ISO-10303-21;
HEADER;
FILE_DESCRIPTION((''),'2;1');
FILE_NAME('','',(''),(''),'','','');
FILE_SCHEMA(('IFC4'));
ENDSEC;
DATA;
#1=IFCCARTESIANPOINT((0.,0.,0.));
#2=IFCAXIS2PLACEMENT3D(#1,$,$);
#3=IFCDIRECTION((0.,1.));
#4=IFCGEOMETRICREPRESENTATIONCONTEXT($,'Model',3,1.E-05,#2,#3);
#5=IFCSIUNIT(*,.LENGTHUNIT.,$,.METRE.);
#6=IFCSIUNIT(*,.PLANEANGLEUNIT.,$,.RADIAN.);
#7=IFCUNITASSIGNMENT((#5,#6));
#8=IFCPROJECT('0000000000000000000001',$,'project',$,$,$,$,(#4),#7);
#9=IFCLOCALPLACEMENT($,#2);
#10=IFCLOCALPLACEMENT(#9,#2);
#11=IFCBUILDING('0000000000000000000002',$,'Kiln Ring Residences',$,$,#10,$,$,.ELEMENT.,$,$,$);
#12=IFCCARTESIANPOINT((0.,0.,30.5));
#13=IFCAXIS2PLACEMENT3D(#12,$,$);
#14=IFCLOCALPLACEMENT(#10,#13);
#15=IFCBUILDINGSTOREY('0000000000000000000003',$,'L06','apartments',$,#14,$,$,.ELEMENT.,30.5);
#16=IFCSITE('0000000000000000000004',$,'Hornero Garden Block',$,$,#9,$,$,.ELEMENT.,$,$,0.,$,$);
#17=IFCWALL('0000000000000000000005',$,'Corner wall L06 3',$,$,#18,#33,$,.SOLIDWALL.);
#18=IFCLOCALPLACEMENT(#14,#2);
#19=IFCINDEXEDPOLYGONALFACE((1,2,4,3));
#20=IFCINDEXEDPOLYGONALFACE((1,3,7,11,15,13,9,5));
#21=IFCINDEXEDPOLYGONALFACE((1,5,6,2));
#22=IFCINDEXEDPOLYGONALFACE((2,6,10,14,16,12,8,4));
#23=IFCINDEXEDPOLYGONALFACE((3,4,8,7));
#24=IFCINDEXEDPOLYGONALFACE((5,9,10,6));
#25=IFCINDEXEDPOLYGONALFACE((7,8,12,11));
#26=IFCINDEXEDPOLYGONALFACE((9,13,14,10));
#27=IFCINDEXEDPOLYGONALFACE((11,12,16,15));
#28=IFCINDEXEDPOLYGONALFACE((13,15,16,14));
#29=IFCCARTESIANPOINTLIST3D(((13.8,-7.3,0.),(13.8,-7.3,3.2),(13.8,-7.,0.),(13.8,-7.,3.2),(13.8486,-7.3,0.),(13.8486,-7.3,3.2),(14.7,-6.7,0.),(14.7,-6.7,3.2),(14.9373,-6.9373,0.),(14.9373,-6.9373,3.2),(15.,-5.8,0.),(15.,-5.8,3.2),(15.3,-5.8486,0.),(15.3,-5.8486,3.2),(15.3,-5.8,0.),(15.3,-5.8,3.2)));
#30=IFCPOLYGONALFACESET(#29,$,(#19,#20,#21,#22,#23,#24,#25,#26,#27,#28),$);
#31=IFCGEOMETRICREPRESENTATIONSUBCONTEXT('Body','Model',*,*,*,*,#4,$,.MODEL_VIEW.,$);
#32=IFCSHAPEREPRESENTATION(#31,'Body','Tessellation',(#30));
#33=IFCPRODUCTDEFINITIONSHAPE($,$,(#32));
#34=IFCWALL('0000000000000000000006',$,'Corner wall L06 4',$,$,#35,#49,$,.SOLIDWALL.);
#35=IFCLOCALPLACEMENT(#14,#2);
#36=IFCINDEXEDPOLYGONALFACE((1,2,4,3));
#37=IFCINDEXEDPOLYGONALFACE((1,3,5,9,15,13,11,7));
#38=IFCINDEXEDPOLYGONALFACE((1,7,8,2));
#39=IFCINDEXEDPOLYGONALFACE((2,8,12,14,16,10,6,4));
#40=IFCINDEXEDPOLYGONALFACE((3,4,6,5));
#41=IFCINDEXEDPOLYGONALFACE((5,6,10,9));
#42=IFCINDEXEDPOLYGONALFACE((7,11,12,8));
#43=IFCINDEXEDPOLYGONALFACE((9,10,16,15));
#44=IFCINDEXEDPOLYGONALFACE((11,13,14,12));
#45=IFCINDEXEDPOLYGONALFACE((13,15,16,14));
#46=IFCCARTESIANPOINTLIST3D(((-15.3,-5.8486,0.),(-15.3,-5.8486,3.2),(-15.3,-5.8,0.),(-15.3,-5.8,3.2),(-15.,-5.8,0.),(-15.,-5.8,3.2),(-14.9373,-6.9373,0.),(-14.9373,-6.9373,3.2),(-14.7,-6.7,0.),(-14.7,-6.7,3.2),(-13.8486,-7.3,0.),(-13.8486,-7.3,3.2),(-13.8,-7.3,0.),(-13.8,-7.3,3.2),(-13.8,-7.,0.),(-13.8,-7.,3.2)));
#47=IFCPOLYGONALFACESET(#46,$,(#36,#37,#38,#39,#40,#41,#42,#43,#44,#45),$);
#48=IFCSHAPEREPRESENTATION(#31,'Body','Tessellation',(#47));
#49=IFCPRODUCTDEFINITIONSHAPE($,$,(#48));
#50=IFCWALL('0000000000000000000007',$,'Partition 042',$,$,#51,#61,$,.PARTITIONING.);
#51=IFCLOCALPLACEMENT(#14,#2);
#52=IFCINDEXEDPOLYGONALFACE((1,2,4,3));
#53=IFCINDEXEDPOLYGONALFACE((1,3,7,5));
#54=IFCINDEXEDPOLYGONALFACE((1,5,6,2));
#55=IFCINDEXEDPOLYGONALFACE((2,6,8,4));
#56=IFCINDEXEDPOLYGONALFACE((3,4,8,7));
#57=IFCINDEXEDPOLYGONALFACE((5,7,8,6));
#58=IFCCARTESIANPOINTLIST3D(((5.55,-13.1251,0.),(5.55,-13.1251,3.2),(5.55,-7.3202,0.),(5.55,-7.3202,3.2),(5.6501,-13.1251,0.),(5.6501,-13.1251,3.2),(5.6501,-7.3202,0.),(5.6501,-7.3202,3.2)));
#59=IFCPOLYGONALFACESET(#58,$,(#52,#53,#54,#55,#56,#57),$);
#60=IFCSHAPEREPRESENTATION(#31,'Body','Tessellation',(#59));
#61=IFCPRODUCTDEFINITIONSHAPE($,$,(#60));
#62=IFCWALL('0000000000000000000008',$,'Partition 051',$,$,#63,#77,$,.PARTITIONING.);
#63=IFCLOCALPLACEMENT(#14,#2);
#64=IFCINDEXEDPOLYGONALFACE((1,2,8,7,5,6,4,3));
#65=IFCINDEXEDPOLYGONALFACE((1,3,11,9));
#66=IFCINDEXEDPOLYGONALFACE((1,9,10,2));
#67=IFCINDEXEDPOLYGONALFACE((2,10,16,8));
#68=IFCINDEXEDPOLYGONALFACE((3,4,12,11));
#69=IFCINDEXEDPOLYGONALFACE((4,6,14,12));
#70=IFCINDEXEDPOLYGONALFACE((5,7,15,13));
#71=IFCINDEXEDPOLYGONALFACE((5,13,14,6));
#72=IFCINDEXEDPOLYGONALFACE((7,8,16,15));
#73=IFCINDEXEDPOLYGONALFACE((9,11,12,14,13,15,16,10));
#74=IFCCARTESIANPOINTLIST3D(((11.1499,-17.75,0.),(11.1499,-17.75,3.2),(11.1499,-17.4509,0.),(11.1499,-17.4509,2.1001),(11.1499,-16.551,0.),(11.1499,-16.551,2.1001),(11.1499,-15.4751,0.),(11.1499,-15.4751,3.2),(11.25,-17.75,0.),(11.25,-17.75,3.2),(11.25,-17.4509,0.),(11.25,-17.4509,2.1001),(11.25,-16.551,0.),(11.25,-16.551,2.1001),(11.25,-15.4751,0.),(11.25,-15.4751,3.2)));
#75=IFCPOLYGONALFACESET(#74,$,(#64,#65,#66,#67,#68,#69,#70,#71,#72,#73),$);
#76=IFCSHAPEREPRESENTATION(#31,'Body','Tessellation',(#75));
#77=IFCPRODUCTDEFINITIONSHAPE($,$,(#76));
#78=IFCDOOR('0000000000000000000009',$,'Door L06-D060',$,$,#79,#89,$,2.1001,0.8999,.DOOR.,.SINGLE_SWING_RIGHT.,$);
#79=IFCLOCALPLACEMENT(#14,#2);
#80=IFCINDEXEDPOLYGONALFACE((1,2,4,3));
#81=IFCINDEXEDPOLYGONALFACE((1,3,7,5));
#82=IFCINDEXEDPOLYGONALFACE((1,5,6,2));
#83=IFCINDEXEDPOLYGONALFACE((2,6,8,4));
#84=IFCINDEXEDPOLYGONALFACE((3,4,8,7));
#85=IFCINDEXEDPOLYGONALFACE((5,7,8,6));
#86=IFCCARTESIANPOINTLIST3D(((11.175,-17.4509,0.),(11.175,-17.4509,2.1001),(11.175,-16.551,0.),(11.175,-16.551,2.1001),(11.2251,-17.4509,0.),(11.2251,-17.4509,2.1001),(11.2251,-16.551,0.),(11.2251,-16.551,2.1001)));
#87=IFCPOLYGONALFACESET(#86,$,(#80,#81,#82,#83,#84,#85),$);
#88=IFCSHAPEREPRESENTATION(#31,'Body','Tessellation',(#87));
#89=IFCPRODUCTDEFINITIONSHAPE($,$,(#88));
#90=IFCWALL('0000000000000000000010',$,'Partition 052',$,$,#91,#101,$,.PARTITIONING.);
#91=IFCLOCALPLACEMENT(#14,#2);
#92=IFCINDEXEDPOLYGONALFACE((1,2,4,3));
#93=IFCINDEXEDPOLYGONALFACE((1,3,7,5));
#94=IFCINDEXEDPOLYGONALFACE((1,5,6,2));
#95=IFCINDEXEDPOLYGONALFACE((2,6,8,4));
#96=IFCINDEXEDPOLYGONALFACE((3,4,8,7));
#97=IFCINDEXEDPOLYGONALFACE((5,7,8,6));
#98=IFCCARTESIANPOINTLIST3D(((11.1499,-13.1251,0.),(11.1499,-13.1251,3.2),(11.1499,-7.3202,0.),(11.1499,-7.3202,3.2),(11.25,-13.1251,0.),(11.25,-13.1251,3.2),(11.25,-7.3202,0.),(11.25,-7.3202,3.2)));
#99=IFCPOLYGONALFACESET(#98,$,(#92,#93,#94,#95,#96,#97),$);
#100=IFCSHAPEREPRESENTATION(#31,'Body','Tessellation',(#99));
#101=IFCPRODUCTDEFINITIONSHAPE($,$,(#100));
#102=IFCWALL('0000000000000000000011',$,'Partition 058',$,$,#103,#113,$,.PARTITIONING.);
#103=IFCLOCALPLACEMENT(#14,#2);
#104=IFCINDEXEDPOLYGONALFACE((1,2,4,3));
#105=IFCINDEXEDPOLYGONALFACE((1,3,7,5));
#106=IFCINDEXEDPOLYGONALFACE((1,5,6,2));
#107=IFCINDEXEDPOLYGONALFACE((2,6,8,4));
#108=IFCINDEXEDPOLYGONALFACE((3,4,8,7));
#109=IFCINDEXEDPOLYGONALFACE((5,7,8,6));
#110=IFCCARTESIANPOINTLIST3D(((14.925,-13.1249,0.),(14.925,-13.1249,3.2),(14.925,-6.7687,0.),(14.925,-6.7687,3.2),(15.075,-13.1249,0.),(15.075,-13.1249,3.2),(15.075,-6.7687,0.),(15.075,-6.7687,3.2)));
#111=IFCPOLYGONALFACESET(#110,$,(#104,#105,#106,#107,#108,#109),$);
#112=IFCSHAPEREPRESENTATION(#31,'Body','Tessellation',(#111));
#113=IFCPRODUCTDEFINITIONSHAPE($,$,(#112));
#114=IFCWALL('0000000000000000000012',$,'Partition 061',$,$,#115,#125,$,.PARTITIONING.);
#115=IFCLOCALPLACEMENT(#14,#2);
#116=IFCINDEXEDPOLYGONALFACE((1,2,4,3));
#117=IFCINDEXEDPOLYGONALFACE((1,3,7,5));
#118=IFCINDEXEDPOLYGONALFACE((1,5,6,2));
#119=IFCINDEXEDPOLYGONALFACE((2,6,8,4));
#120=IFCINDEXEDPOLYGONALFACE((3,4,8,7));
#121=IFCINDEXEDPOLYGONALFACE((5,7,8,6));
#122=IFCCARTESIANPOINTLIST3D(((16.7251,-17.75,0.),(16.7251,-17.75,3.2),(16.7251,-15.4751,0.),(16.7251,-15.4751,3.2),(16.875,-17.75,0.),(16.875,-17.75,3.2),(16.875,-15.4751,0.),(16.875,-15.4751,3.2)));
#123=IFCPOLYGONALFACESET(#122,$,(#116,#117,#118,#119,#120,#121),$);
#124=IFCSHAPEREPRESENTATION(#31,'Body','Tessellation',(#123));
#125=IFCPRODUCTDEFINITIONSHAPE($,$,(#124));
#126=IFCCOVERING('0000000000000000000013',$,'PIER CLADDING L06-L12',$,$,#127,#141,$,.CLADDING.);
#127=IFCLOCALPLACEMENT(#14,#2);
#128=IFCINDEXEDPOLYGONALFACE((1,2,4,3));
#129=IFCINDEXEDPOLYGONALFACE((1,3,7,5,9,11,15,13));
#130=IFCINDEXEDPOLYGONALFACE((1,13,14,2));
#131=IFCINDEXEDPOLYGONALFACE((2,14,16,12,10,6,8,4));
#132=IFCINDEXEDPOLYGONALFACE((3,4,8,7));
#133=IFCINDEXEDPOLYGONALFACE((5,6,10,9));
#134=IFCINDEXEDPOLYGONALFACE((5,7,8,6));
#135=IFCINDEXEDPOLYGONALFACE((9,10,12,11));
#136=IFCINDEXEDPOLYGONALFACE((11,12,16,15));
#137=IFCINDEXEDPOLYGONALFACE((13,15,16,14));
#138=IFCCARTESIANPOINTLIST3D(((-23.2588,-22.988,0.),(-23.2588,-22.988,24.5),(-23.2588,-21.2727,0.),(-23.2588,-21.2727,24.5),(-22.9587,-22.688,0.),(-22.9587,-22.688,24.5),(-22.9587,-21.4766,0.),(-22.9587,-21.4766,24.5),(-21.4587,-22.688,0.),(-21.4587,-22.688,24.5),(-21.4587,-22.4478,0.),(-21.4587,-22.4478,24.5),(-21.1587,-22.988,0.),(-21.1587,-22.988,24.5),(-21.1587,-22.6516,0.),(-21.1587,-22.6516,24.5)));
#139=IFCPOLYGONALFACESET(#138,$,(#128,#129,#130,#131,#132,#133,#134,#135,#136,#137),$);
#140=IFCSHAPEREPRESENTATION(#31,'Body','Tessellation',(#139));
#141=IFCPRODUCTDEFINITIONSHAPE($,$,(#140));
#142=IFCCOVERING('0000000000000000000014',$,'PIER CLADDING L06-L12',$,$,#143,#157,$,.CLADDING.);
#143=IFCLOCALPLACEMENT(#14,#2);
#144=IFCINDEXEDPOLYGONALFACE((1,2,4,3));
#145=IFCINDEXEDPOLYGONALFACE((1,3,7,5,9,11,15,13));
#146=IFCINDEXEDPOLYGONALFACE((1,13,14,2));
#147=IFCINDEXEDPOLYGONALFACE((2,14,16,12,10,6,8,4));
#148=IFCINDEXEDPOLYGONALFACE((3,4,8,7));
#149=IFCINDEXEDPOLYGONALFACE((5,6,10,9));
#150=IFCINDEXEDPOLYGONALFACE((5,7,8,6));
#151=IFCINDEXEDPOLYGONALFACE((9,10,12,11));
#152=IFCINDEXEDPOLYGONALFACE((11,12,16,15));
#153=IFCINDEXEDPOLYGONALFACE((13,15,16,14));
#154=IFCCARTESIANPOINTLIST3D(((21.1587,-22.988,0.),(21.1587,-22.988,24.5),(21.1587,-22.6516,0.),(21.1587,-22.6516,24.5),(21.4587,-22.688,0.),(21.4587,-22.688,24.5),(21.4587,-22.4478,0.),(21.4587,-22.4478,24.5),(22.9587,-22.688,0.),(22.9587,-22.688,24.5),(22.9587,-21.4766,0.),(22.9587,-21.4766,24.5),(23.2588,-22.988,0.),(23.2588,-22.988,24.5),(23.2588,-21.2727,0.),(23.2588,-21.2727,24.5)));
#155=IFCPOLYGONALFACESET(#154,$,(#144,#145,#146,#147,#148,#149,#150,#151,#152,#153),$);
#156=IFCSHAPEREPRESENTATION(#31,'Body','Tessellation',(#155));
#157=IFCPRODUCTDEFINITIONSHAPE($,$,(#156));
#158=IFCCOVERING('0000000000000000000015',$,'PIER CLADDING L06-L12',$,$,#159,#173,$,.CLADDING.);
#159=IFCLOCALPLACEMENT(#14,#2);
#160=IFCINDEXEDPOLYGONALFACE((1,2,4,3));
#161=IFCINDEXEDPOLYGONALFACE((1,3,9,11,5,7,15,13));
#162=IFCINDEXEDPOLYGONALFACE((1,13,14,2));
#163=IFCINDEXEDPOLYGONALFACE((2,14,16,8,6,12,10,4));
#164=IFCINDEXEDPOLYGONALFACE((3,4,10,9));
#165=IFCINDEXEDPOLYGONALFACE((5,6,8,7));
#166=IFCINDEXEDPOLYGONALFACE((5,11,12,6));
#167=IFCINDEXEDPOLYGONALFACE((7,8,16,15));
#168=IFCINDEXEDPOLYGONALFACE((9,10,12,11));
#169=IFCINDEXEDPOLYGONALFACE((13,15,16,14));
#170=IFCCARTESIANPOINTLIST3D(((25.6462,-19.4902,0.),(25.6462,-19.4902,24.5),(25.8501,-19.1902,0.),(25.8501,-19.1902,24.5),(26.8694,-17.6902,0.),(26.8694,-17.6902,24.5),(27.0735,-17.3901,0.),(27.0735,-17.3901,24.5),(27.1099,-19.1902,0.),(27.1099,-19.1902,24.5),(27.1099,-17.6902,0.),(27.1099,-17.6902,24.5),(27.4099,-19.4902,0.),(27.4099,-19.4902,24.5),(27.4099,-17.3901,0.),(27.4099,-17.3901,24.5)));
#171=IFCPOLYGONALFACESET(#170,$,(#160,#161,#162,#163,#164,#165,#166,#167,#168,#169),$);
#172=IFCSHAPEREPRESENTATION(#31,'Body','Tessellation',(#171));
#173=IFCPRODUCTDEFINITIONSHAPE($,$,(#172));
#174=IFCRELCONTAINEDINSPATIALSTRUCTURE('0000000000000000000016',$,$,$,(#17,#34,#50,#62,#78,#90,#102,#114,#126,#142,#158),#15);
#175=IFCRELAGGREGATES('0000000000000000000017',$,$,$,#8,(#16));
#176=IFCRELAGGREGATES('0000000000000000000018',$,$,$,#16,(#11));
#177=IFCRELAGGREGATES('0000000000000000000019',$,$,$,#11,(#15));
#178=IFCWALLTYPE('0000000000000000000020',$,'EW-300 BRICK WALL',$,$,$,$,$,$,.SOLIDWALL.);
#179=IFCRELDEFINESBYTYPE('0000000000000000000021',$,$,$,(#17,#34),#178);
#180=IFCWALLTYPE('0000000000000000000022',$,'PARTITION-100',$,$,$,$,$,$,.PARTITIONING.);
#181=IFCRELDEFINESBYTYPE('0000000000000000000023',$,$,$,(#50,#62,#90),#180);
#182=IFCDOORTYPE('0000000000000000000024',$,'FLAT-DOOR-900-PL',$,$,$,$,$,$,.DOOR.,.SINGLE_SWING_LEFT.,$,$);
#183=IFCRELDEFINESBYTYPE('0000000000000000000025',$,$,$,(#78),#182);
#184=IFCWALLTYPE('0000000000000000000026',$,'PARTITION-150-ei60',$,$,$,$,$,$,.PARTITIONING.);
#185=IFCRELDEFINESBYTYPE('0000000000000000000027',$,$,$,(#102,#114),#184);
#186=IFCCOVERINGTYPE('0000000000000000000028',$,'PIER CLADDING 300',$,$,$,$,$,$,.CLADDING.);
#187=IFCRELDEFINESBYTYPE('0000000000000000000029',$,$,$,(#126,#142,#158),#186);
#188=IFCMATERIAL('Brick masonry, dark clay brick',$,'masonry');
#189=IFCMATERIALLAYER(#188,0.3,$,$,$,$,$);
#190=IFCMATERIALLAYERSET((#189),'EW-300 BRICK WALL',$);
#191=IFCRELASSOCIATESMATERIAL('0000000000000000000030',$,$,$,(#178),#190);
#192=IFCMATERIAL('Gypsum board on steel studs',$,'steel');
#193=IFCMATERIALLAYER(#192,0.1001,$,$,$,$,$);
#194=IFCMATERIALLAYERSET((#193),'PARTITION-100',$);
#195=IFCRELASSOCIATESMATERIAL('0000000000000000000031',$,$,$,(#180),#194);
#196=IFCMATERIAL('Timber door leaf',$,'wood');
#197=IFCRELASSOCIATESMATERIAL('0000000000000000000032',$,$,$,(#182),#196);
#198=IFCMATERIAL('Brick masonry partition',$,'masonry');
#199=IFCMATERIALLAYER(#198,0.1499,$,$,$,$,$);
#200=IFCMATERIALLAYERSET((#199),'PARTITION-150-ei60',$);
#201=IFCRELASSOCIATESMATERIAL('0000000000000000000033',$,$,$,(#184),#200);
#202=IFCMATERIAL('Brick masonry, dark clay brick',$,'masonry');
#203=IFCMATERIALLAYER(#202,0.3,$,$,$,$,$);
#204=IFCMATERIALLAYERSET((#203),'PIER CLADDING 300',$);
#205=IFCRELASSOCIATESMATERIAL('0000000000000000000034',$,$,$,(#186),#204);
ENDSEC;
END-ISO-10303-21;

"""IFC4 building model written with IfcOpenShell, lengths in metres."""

from ifc_helpers import new_model, si_unit, direction, frame, frame_2d, origin, place, context, subcontext, project, spatial, polyline, rectangle, outline, extrude, material, layer, layer_set, type_object, element, fill, save


model = new_model("IFC4")

# Units and contexts
model_context = context("Model", 3, precision=1e-05, world=origin(), true_north=direction((0.0, 1.0)))
body_context = subcontext(model_context, "Body", "Model", "MODEL_VIEW")
ifc_project = project(units=[si_unit("LENGTHUNIT", "METRE"), si_unit("PLANEANGLEUNIT", "RADIAN")], contexts=[model_context])

# Site, building, storey
site_placement = place(None, origin())
site = spatial("IfcSite", under=ifc_project, at=site_placement, Name="Hornero Garden Block", CompositionType="ELEMENT", RefElevation=0.0)
building_placement = place(site_placement, origin())
building = spatial("IfcBuilding", under=site, at=building_placement, Name="Kiln Ring Residences", CompositionType="ELEMENT")
storey_placement = place(building_placement, frame((0.0, 0.0, 30.5)))
storey = spatial("IfcBuildingStorey", under=building, at=storey_placement, Name="L06", Description="apartments", CompositionType="ELEMENT", Elevation=30.5)

# Shared definitions
ifc_material_1 = material(Name="Brick masonry, dark clay brick", Category="masonry")
ifc_layer_1 = layer(ifc_material_1, 0.3)
ifc_layer_set_1 = layer_set([ifc_layer_1], Name="EW-300 BRICK WALL")
wall_type_1 = type_object("IfcWallType", Name="EW-300 BRICK WALL", PredefinedType="SOLIDWALL", material=ifc_layer_set_1)

# Walls
placement = place(storey_placement, origin())
element("IfcWall", 1, at=placement, inside=storey, type_object=wall_type_1, Name="Corner wall L06 3", PredefinedType="SOLIDWALL", context=body_context, shape_type="SweptSolid", body=[
    extrude(outline(polyline([(14.9373, -6.9373), (15.3, -5.8486), (15.3, -5.8), (15.0, -5.8), (14.7, -6.7), (13.8, -7.0), (13.8, -7.3), (13.8486, -7.3), (14.9373, -6.9373)])), origin(), (0.0, 0.0, 1.0), 3.2),
])
element("IfcWall", 2, at=placement, inside=storey, type_object=wall_type_1, Name="Corner wall L06 4", PredefinedType="SOLIDWALL", context=body_context, shape_type="SweptSolid", body=[
    extrude(outline(polyline([(-14.9373, -6.9373), (-13.8486, -7.3), (-13.8, -7.3), (-13.8, -7.0), (-14.7, -6.7), (-15.0, -5.8), (-15.3, -5.8), (-15.3, -5.8486), (-14.9373, -6.9373)])), origin(), (0.0, 0.0, 1.0), 3.2),
])
ifc_material_2 = material(Name="Gypsum board on steel studs", Category="steel")
ifc_layer_2 = layer(ifc_material_2, 0.1001)
ifc_layer_set_2 = layer_set([ifc_layer_2], Name="PARTITION-100")
wall_type_2 = type_object("IfcWallType", Name="PARTITION-100", PredefinedType="PARTITIONING", material=ifc_layer_set_2)
wall_1_placement = place(storey_placement, frame((5.6001, -13.125, 0.0), z_axis=(0.0, 0.0, 1.0), x_axis=(0.0, 1.0, 0.0)))
element("IfcWall", 3, at=wall_1_placement, inside=storey, type_object=wall_type_2, Name="Partition 042", PredefinedType="PARTITIONING", context=body_context, shape_type="SweptSolid", body=[
    extrude(rectangle(XDim=5.8049, YDim=0.1001, at=frame_2d((2.9023, 0.0))), origin(), (0.0, 0.0, 1.0), 3.2),
])

# Wall, opening, door
wall_2_placement = place(storey_placement, frame((11.2, -17.75, 0.0), z_axis=(0.0, 0.0, 1.0), x_axis=(0.0, 1.0, 0.0)))
wall_2 = element("IfcWall", 4, at=wall_2_placement, inside=storey, type_object=wall_type_2, Name="Partition 051", PredefinedType="PARTITIONING", context=body_context, shape_type="SweptSolid", body=[
    extrude(rectangle(XDim=2.2749, YDim=0.1001, at=frame_2d((1.1375, 0.0))), origin(), (0.0, 0.0, 1.0), 3.2),
])
opening_1_placement = place(wall_2_placement, frame((0.2991, 0.0, 0.0)))
opening_1 = element("IfcOpeningElement", 5, at=opening_1_placement, cuts=wall_2, PredefinedType="OPENING", context=body_context, shape_type="SweptSolid", body=[
    extrude(rectangle(XDim=0.8999, YDim=2.1001, at=frame_2d((0.45, 1.05))), frame((0.0, 0.0601, 0.0), z_axis=(0.0, -1.0, 0.0), x_axis=(1.0, 0.0, 0.0)), (0.0, 0.0, 1.0), 0.1201),
])
ifc_material_3 = material(Name="Timber door leaf", Category="wood")
door_type = type_object("IfcDoorType", Name="FLAT-DOOR-900-PL", OperationType="SINGLE_SWING_LEFT", PredefinedType="DOOR", material=ifc_material_3)
door_placement = place(opening_1_placement, origin())
door = element("IfcDoor", 6, at=door_placement, inside=storey, type_object=door_type, Name="Door L06-D060", OperationType="SINGLE_SWING_RIGHT", OverallHeight=2.1001, OverallWidth=0.8999, PredefinedType="DOOR", context=body_context, shape_type="SweptSolid", body=[
    extrude(rectangle(XDim=0.8999, YDim=2.1001, at=frame_2d((0.45, 1.05))), frame((0.0, 0.0249, 0.0), z_axis=(0.0, -1.0, 0.0), x_axis=(1.0, 0.0, 0.0)), (0.0, 0.0, 1.0), 0.05),
])
fill(opening_1, door)

# Walls
wall_3_placement = place(storey_placement, frame((11.2, -13.125, 0.0), z_axis=(0.0, 0.0, 1.0), x_axis=(0.0, 1.0, 0.0)))
element("IfcWall", 7, at=wall_3_placement, inside=storey, type_object=wall_type_2, Name="Partition 052", PredefinedType="PARTITIONING", context=body_context, shape_type="SweptSolid", body=[
    extrude(rectangle(XDim=5.8049, YDim=0.1001, at=frame_2d((2.9023, 0.0))), origin(), (0.0, 0.0, 1.0), 3.2),
])
ifc_material_4 = material(Name="Brick masonry partition", Category="masonry")
ifc_layer_3 = layer(ifc_material_4, 0.1499)
ifc_layer_set_3 = layer_set([ifc_layer_3], Name="PARTITION-150-ei60")
wall_type_3 = type_object("IfcWallType", Name="PARTITION-150-ei60", PredefinedType="PARTITIONING", material=ifc_layer_set_3)
wall_4_placement = place(storey_placement, frame((15.0, -13.125, 0.0), z_axis=(0.0, 0.0, 1.0), x_axis=(0.0, 1.0, 0.0)))
element("IfcWall", 8, at=wall_4_placement, inside=storey, type_object=wall_type_3, Name="Partition 058", PredefinedType="PARTITIONING", context=body_context, shape_type="SweptSolid", body=[
    extrude(rectangle(XDim=6.3562, YDim=0.1499, at=frame_2d((3.1782, 0.0))), origin(), (0.0, 0.0, 1.0), 3.2),
])
wall_5_placement = place(storey_placement, frame((16.8, -17.75, 0.0), z_axis=(0.0, 0.0, 1.0), x_axis=(0.0, 1.0, 0.0)))
element("IfcWall", 9, at=wall_5_placement, inside=storey, type_object=wall_type_3, Name="Partition 061", PredefinedType="PARTITIONING", context=body_context, shape_type="SweptSolid", body=[
    extrude(rectangle(XDim=2.2749, YDim=0.1499, at=frame_2d((1.1375, 0.0))), origin(), (0.0, 0.0, 1.0), 3.2),
])

# Coverings
ifc_material_5 = material(Name="Brick masonry, dark clay brick", Category="masonry")
ifc_layer_4 = layer(ifc_material_5, 0.3)
ifc_layer_set_4 = layer_set([ifc_layer_4], Name="PIER CLADDING 300")
covering_type_1 = type_object("IfcCoveringType", Name="PIER CLADDING 300", PredefinedType="CLADDING", material=ifc_layer_set_4)
element("IfcCovering", 10, at=placement, inside=storey, type_object=covering_type_1, Name="PIER CLADDING L06-L12", PredefinedType="CLADDING", context=body_context, shape_type="SweptSolid", body=[
    extrude(outline(polyline([(-22.9587, -22.688), (-22.9587, -21.4766), (-23.2588, -21.2727), (-23.2588, -22.988), (-21.1587, -22.988), (-21.1587, -22.6516), (-21.4587, -22.4478), (-21.4587, -22.688), (-22.9587, -22.688)])), origin(), (0.0, 0.0, 1.0), 24.5),
])
element("IfcCovering", 11, at=placement, inside=storey, type_object=covering_type_1, Name="PIER CLADDING L06-L12", PredefinedType="CLADDING", context=body_context, shape_type="SweptSolid", body=[
    extrude(outline(polyline([(21.4587, -22.4478), (21.1587, -22.6516), (21.1587, -22.988), (23.2588, -22.988), (23.2588, -21.2727), (22.9587, -21.4766), (22.9587, -22.688), (21.4587, -22.688), (21.4587, -22.4478)])), origin(), (0.0, 0.0, 1.0), 24.5),
])
element("IfcCovering", 12, at=placement, inside=storey, type_object=covering_type_1, Name="PIER CLADDING L06-L12", PredefinedType="CLADDING", context=body_context, shape_type="SweptSolid", body=[
    extrude(outline(polyline([(27.4099, -19.4902), (27.4099, -17.3901), (27.0735, -17.3901), (26.8694, -17.6902), (27.1099, -17.6902), (27.1099, -19.1902), (25.8501, -19.1902), (25.6462, -19.4902), (27.4099, -19.4902)])), origin(), (0.0, 0.0, 1.0), 24.5),
])

save(model, "model.ifc")
